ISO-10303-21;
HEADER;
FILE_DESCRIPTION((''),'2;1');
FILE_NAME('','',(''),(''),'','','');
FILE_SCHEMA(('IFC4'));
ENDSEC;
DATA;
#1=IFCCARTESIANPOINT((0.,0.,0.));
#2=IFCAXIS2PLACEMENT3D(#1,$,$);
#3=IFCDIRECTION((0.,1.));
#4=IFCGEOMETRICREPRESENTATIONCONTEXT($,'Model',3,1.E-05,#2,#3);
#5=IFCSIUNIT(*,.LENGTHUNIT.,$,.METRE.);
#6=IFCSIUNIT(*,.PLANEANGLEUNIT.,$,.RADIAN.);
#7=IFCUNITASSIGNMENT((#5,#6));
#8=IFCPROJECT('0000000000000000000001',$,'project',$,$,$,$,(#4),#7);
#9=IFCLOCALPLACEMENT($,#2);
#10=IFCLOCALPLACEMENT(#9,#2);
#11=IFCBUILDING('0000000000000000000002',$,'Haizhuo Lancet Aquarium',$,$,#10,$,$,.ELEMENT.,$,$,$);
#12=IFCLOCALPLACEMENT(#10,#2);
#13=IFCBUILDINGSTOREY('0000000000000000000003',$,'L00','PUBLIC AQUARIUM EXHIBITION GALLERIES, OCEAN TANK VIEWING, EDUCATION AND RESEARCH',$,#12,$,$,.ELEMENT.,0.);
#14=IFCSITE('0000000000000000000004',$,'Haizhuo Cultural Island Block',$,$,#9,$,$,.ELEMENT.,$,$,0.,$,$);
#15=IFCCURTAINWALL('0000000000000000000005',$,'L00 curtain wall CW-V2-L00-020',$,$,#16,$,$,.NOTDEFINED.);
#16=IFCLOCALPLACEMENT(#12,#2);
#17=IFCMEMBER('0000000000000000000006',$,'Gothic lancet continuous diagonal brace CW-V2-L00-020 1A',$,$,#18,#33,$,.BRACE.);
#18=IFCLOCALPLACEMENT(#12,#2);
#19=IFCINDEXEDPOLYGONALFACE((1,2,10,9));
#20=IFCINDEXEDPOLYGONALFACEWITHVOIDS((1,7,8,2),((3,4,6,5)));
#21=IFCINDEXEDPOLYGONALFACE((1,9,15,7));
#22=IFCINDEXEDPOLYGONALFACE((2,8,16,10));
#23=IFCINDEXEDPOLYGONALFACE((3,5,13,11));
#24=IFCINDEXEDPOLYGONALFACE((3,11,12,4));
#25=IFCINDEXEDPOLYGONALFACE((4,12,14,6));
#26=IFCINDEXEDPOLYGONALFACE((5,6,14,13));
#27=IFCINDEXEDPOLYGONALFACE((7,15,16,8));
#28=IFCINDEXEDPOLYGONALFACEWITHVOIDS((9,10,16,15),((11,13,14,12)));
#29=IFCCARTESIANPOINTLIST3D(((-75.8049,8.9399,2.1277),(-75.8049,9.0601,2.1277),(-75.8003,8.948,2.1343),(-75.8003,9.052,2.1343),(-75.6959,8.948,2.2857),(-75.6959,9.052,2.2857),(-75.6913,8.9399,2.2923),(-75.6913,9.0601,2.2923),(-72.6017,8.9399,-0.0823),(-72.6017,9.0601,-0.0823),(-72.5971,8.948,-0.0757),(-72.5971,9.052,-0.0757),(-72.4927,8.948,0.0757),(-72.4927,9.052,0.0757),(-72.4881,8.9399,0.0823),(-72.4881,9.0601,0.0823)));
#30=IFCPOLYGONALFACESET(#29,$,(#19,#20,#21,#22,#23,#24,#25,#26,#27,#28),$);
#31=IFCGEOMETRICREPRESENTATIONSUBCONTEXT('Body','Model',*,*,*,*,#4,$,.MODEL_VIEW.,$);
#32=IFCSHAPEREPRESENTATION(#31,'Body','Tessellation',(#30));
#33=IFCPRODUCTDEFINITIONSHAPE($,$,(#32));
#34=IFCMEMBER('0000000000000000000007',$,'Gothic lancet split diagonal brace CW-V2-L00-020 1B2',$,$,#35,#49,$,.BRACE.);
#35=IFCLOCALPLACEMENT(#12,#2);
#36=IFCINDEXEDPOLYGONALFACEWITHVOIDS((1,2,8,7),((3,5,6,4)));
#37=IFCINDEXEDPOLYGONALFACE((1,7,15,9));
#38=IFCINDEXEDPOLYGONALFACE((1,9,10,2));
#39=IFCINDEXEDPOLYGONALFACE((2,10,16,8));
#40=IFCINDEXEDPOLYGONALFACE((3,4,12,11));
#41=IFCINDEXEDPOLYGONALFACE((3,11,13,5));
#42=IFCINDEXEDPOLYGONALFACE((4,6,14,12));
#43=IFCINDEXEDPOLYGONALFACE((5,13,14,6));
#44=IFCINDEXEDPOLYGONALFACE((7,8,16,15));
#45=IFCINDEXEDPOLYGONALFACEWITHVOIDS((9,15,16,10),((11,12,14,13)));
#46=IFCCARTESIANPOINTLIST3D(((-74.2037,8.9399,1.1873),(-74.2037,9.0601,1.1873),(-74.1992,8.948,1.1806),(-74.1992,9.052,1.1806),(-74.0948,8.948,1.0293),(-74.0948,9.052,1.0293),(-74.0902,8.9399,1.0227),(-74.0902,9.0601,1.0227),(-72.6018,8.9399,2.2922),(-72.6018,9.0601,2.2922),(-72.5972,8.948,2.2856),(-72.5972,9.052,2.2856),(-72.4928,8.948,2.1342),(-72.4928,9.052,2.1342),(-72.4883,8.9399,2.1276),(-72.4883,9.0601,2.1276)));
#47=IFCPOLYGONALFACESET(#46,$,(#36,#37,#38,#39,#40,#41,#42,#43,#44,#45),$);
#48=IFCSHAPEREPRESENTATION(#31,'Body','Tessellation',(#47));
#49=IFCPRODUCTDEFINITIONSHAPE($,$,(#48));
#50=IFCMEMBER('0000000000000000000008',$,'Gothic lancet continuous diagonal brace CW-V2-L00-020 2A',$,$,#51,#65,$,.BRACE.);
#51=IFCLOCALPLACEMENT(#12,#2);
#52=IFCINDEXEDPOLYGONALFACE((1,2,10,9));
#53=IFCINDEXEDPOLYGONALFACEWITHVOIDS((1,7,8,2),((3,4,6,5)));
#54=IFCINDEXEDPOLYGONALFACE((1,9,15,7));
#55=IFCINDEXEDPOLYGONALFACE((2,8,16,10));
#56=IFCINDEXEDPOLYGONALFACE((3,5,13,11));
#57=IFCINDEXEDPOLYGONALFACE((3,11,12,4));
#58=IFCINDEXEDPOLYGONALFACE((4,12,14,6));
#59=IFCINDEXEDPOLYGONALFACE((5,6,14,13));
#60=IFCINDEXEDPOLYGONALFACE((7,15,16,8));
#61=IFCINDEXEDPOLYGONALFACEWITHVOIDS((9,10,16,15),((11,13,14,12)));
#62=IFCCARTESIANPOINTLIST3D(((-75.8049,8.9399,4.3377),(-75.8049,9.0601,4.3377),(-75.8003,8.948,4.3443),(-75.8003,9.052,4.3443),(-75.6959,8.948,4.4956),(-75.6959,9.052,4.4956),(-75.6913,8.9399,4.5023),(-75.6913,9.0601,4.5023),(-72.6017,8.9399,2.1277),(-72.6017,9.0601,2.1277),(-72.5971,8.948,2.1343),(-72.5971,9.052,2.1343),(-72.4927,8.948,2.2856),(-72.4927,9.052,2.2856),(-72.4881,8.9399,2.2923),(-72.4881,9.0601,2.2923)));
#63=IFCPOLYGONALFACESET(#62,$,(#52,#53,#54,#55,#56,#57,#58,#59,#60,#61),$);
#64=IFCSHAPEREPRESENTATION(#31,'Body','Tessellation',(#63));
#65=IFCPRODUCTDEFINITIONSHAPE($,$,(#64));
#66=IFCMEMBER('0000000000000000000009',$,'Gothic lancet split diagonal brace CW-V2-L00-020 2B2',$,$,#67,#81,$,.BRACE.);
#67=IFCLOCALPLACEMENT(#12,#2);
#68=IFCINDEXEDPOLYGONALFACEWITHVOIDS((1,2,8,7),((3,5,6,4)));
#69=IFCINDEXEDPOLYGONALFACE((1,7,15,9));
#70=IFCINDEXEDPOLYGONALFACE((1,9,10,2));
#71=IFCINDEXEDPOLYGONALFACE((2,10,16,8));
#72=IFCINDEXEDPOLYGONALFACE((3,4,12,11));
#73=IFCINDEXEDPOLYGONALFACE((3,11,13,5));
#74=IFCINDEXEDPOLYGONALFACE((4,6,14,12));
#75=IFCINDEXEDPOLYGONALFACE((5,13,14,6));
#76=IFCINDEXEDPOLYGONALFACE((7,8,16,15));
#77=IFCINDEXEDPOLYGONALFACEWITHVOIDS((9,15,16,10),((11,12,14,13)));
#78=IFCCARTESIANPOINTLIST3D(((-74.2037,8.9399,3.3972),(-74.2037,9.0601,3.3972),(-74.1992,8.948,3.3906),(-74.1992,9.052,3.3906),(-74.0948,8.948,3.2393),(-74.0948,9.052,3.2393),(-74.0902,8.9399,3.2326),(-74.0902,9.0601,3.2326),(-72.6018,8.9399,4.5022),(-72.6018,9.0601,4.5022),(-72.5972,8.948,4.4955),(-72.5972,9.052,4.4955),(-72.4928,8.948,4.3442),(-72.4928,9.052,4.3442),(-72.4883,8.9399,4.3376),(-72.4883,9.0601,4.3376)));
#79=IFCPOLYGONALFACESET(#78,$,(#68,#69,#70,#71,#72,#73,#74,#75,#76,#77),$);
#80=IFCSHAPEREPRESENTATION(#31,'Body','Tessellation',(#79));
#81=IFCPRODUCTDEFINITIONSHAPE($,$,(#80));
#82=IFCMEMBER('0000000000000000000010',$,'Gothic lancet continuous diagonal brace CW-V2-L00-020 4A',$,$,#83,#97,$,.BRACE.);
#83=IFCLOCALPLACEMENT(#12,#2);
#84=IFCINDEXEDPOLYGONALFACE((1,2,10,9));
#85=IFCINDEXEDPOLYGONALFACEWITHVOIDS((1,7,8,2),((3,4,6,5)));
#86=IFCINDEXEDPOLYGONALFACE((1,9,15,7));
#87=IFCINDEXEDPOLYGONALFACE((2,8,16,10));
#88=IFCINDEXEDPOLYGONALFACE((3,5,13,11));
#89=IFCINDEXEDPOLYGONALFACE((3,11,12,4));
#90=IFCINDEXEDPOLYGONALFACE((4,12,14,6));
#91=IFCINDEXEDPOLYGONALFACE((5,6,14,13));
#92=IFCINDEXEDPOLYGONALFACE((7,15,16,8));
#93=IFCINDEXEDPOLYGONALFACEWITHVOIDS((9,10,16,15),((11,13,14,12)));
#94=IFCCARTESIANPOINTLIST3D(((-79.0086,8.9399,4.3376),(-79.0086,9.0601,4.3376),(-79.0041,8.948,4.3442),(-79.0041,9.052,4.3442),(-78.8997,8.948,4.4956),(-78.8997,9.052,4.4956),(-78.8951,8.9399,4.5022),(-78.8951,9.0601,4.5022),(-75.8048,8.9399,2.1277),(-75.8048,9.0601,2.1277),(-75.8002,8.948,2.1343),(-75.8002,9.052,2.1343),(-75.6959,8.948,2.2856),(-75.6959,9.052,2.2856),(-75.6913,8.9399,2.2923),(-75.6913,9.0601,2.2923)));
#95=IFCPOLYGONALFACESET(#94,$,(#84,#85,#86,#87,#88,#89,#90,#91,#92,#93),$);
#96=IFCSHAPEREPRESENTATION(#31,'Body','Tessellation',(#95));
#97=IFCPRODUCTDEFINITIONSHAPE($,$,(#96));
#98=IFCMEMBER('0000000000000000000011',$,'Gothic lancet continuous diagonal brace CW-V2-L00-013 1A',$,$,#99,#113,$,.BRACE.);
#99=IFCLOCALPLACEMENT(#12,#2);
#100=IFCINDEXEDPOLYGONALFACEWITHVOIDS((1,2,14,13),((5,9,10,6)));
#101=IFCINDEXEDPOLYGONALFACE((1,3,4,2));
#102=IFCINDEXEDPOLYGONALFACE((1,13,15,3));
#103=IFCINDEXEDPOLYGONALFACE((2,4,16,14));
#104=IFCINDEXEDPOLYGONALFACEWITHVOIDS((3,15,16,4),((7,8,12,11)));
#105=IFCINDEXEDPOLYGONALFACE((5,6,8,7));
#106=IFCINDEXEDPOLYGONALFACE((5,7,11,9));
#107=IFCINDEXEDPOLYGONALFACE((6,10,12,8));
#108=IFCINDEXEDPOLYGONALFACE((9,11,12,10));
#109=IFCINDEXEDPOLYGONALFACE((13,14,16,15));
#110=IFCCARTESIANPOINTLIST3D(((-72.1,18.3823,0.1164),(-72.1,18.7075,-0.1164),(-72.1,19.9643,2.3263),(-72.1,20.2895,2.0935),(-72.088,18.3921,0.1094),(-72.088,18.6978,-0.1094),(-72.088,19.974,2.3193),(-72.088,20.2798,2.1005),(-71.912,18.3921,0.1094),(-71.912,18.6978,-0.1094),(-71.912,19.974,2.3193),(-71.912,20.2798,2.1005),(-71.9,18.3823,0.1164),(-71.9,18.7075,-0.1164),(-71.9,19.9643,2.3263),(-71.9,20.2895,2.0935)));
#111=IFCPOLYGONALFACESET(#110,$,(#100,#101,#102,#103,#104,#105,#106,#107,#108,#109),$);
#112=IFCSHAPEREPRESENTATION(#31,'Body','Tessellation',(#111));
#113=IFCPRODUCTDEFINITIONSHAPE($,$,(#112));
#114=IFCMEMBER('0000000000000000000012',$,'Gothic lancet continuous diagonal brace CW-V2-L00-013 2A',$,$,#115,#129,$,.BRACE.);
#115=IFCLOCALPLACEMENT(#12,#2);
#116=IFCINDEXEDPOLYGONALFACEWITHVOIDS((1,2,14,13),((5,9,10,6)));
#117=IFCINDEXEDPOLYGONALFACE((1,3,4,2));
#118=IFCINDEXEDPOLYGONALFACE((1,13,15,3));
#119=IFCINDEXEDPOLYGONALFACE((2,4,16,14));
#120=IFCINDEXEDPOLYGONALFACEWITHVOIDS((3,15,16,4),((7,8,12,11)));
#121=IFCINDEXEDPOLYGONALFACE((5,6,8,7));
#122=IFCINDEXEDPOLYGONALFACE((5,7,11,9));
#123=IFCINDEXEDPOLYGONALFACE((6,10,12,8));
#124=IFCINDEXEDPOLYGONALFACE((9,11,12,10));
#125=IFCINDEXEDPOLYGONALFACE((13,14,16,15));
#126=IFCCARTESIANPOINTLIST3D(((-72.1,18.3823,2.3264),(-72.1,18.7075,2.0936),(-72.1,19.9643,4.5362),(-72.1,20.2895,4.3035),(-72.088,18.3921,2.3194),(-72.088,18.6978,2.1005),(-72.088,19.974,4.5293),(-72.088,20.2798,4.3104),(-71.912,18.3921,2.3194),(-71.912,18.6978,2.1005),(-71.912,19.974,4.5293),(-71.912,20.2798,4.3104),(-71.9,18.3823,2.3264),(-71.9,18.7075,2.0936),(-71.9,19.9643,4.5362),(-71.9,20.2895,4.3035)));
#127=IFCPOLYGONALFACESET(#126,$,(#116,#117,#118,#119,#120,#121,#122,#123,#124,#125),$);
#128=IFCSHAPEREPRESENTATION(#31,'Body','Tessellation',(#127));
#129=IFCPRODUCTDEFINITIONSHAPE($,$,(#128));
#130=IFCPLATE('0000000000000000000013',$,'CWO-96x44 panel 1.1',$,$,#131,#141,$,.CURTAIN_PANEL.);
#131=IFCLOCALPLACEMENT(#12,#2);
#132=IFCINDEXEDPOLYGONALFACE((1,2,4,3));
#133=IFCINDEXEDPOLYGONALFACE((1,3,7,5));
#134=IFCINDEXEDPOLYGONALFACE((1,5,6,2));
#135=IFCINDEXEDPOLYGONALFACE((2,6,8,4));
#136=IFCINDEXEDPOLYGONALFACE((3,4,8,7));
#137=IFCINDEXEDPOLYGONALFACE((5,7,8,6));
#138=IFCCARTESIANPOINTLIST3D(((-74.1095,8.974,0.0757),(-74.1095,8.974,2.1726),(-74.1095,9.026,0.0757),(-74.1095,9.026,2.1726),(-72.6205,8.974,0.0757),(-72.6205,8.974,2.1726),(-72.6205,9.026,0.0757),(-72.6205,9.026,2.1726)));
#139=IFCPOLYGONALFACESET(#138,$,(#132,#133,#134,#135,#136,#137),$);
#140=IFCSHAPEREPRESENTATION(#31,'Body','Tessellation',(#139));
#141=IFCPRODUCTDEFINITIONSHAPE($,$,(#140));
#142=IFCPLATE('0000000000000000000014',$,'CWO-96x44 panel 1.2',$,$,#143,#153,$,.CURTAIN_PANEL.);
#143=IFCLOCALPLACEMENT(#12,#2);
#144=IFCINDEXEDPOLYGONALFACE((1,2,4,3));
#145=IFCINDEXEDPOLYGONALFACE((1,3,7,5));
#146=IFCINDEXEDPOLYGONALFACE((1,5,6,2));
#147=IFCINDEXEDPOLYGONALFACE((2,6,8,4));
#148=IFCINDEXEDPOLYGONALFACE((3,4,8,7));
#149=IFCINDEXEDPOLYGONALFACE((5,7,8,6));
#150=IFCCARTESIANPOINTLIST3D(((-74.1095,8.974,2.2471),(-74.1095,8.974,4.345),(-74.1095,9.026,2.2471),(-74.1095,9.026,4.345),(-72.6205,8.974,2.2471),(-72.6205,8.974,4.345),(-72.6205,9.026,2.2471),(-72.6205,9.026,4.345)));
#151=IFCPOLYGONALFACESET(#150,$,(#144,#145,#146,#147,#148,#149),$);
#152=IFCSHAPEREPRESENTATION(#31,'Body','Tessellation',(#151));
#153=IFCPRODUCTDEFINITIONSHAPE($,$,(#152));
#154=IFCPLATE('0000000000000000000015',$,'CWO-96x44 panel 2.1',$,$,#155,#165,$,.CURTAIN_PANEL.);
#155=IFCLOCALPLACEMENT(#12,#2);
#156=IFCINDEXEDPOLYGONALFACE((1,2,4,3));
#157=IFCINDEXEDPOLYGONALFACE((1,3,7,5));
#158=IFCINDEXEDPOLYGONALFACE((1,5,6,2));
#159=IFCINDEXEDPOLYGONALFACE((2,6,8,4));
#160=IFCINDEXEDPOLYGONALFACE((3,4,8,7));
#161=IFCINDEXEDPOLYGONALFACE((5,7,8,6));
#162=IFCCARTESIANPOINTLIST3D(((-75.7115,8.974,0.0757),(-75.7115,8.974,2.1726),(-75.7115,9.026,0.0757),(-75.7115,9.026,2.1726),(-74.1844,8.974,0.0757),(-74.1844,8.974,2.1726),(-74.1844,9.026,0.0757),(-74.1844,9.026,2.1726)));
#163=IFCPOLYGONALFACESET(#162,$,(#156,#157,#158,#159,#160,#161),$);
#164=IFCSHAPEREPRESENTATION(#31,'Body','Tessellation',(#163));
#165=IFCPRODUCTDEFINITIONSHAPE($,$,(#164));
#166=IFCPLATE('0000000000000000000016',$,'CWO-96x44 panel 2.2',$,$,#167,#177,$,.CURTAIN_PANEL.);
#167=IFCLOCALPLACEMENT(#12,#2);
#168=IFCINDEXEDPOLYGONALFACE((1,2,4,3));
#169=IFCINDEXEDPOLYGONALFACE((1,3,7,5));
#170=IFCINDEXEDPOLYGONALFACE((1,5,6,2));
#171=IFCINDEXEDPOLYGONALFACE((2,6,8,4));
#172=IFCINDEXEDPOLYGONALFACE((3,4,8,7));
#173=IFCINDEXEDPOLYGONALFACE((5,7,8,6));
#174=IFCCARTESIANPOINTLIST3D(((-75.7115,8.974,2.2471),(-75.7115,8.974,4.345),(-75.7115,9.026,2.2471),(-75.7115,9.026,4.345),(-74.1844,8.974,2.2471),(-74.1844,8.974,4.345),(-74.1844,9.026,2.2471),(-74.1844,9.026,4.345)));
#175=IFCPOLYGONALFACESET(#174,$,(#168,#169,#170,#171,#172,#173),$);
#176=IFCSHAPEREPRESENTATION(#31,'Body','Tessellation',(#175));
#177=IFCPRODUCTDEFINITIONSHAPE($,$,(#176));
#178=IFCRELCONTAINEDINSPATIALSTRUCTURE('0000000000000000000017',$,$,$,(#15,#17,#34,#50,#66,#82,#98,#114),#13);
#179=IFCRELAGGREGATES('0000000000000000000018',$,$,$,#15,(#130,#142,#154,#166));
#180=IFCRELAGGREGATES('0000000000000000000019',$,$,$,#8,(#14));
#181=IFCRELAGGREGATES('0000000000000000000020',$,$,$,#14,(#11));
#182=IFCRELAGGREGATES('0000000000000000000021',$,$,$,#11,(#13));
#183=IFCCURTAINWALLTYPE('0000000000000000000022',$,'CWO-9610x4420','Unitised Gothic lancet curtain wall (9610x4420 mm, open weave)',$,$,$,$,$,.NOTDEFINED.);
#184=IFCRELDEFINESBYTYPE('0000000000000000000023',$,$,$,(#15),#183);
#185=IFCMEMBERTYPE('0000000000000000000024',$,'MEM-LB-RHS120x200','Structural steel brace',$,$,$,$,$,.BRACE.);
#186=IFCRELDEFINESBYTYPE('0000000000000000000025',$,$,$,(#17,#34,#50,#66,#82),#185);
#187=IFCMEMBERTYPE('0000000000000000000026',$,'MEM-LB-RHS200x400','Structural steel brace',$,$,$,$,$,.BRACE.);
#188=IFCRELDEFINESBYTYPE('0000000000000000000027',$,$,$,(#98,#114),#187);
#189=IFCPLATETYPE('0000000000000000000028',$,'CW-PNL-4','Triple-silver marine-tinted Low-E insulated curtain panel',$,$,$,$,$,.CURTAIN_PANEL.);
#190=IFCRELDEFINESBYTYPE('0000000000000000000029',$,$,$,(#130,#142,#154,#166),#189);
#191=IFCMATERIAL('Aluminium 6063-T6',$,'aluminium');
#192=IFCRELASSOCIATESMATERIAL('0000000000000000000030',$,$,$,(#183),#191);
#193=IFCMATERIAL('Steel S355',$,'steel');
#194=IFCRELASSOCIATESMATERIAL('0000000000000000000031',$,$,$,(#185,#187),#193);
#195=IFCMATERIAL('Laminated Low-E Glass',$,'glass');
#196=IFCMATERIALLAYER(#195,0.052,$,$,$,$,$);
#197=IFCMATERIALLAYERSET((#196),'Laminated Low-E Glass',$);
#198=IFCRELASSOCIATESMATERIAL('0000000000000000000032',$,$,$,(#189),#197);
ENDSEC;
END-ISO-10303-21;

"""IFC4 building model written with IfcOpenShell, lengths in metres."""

from ifc_helpers import new_model, si_unit, direction, frame, origin, origin_2d, place, context, subcontext, project, spatial, rectangle, hollow_rectangle, extrude, material, layer, layer_set, material_profile, profile_set, type_object, element, aggregate, save


model = new_model("IFC4")

# Units and contexts
model_context = context("Model", 3, precision=1e-05, world=origin(), true_north=direction((0.0, 1.0)))
body_context = subcontext(model_context, "Body", "Model", "MODEL_VIEW")
ifc_project = project(units=[si_unit("LENGTHUNIT", "METRE"), si_unit("PLANEANGLEUNIT", "RADIAN")], contexts=[model_context])

# Site, building, storey
site_placement = place(None, origin())
site = spatial("IfcSite", under=ifc_project, at=site_placement, Name="Haizhuo Cultural Island Block", CompositionType="ELEMENT", RefElevation=0.0)
building_placement = place(site_placement, origin())
building = spatial("IfcBuilding", under=site, at=building_placement, Name="Haizhuo Lancet Aquarium", CompositionType="ELEMENT")
storey_placement = place(building_placement, origin())
storey = spatial("IfcBuildingStorey", under=building, at=storey_placement, Name="L00", Description="PUBLIC AQUARIUM EXHIBITION GALLERIES, OCEAN TANK VIEWING, EDUCATION AND RESEARCH", CompositionType="ELEMENT", Elevation=0.0)

# Shared definitions
ifc_material_1 = material(Name="Steel S355", Category="steel")

# Shared definitions
ifc_material_2 = material(Name="Aluminium 6063-T6", Category="aluminium")

# Curtain wall
curtain_wall_type_1 = type_object("IfcCurtainWallType", Name="CWO-9610x4420", Description="Unitised Gothic lancet curtain wall (9610x4420 mm, open weave)", PredefinedType="NOTDEFINED", material=ifc_material_2)
curtain_wall_1_placement = place(storey_placement, origin())
curtain_wall_1 = element("IfcCurtainWall", 1, at=curtain_wall_1_placement, inside=storey, type_object=curtain_wall_type_1, Name="L00 curtain wall CW-V2-L00-020", PredefinedType="NOTDEFINED")

# Members
ifc_material_profile_1 = material_profile(ifc_material_1, hollow_rectangle(XDim=0.1201, YDim=0.2, WallThickness=0.0081, at=origin_2d()), Name="RHS 120x200x8")
ifc_profile_set_1 = profile_set([ifc_material_profile_1], Name="Steel S355")
member_type_1 = type_object("IfcMemberType", Name="MEM-LB-RHS120x200", Description="Structural steel brace", PredefinedType="BRACE", material=ifc_profile_set_1)
member_1_placement = place(storey_placement, frame((-72.5449, 9.0, 0.0), z_axis=(-0.823104, 0.0, 0.567891), x_axis=(0.0, -1.0, 0.0)))
element("IfcMember", 2, at=member_1_placement, inside=storey, type_object=member_type_1, Name="Gothic lancet continuous diagonal brace CW-V2-L00-020 1A", PredefinedType="BRACE", context=body_context, shape_type="SweptSolid", body=[
    extrude(hollow_rectangle(XDim=0.1201, YDim=0.2, WallThickness=0.0081, at=origin_2d()), origin(), (0.0, 0.0, 1.0), 3.8916),
])
member_2_placement = place(storey_placement, frame((-74.147, 9.0, 1.105), z_axis=(0.823184, 0.0, 0.567774), x_axis=(0.0, 1.0, 0.0)))
element("IfcMember", 3, at=member_2_placement, inside=storey, type_object=member_type_1, Name="Gothic lancet split diagonal brace CW-V2-L00-020 1B2", PredefinedType="BRACE", context=body_context, shape_type="SweptSolid", body=[
    extrude(hollow_rectangle(XDim=0.1201, YDim=0.2, WallThickness=0.0081, at=origin_2d()), origin(), (0.0, 0.0, 1.0), 1.946),
])
member_3_placement = place(storey_placement, frame((-72.5449, 9.0, 2.21), z_axis=(-0.823104, 0.0, 0.567891), x_axis=(0.0, -1.0, 0.0)))
element("IfcMember", 4, at=member_3_placement, inside=storey, type_object=member_type_1, Name="Gothic lancet continuous diagonal brace CW-V2-L00-020 2A", PredefinedType="BRACE", context=body_context, shape_type="SweptSolid", body=[
    extrude(hollow_rectangle(XDim=0.1201, YDim=0.2, WallThickness=0.0081, at=origin_2d()), origin(), (0.0, 0.0, 1.0), 3.8916),
])
member_4_placement = place(storey_placement, frame((-74.147, 9.0, 3.3149), z_axis=(0.823184, 0.0, 0.567774), x_axis=(0.0, 1.0, 0.0)))
element("IfcMember", 5, at=member_4_placement, inside=storey, type_object=member_type_1, Name="Gothic lancet split diagonal brace CW-V2-L00-020 2B2", PredefinedType="BRACE", context=body_context, shape_type="SweptSolid", body=[
    extrude(hollow_rectangle(XDim=0.1201, YDim=0.2, WallThickness=0.0081, at=origin_2d()), origin(), (0.0, 0.0, 1.0), 1.946),
])
member_5_placement = place(storey_placement, frame((-75.748, 9.0, 2.21), z_axis=(-0.823164, 0.0, 0.567803), x_axis=(0.0, -1.0, 0.0)))
element("IfcMember", 6, at=member_5_placement, inside=storey, type_object=member_type_1, Name="Gothic lancet continuous diagonal brace CW-V2-L00-020 4A", PredefinedType="BRACE", context=body_context, shape_type="SweptSolid", body=[
    extrude(hollow_rectangle(XDim=0.1201, YDim=0.2, WallThickness=0.0081, at=origin_2d()), origin(), (0.0, 0.0, 1.0), 3.8921),
])
ifc_material_profile_2 = material_profile(ifc_material_1, hollow_rectangle(XDim=0.2, YDim=0.3999, WallThickness=0.012, at=origin_2d()), Name="RHS 200x400x12")
ifc_profile_set_2 = profile_set([ifc_material_profile_2], Name="Steel S355")
member_type_2 = type_object("IfcMemberType", Name="MEM-LB-RHS200x400", Description="Structural steel brace", PredefinedType="BRACE", material=ifc_profile_set_2)
for number, where, z_axis, x_axis, name in (
    (7, (-72.0, 18.5449, 0.0), (0.0, 0.582088, 0.813126), (-1.0, 0.0, 0.0), "Gothic lancet continuous diagonal brace CW-V2-L00-013 1A"),
    (8, (-72.0, 18.5449, 2.21), (0.0, 0.582088, 0.813126), (-1.0, 0.0, 0.0), "Gothic lancet continuous diagonal brace CW-V2-L00-013 2A"),
):
    element("IfcMember", number, at=place(storey_placement, frame(where, z_axis=z_axis, x_axis=x_axis)), inside=storey, type_object=member_type_2, Name=name, PredefinedType="BRACE", context=body_context, shape_type="SweptSolid", body=[
        extrude(hollow_rectangle(XDim=0.2, YDim=0.3999, WallThickness=0.012, at=origin_2d()), origin(), (0.0, 0.0, 1.0), 2.7178),
    ])

# Plates
ifc_material_3 = material(Name="Laminated Low-E Glass", Category="glass")
ifc_layer_1 = layer(ifc_material_3, 0.052)
ifc_layer_set_1 = layer_set([ifc_layer_1], Name="Laminated Low-E Glass")
plate_type = type_object("IfcPlateType", Name="CW-PNL-4", Description="Triple-silver marine-tinted Low-E insulated curtain panel", PredefinedType="CURTAIN_PANEL", material=ifc_layer_set_1)
plate_1_placement = place(storey_placement, frame((-73.365, 9.0, 0.0757), z_axis=(0.0, 0.0, 1.0), x_axis=(-1.0, 0.0, 0.0)))
plate_1 = element("IfcPlate", 9, at=plate_1_placement, type_object=plate_type, Name="CWO-96x44 panel 1.1", PredefinedType="CURTAIN_PANEL", context=body_context, shape_type="SweptSolid", body=[
    extrude(rectangle(XDim=1.489, YDim=0.052, at=origin_2d()), origin(), (0.0, 0.0, 1.0), 2.0969),
])
plate_2_placement = place(storey_placement, frame((-73.365, 9.0, 2.2471), z_axis=(0.0, 0.0, 1.0), x_axis=(-1.0, 0.0, 0.0)))
plate_2 = element("IfcPlate", 10, at=plate_2_placement, type_object=plate_type, Name="CWO-96x44 panel 1.2", PredefinedType="CURTAIN_PANEL", context=body_context, shape_type="SweptSolid", body=[
    extrude(rectangle(XDim=1.489, YDim=0.052, at=origin_2d()), origin(), (0.0, 0.0, 1.0), 2.0979),
])
plate_3_placement = place(storey_placement, frame((-74.948, 9.0, 0.0757), z_axis=(0.0, 0.0, 1.0), x_axis=(-1.0, 0.0, 0.0)))
plate_3 = element("IfcPlate", 11, at=plate_3_placement, type_object=plate_type, Name="CWO-96x44 panel 2.1", PredefinedType="CURTAIN_PANEL", context=body_context, shape_type="SweptSolid", body=[
    extrude(rectangle(XDim=1.5271, YDim=0.052, at=origin_2d()), origin(), (0.0, 0.0, 1.0), 2.0969),
])
plate_4_placement = place(storey_placement, frame((-74.948, 9.0, 2.2471), z_axis=(0.0, 0.0, 1.0), x_axis=(-1.0, 0.0, 0.0)))
plate_4 = element("IfcPlate", 12, at=plate_4_placement, type_object=plate_type, Name="CWO-96x44 panel 2.2", PredefinedType="CURTAIN_PANEL", context=body_context, shape_type="SweptSolid", body=[
    extrude(rectangle(XDim=1.5271, YDim=0.052, at=origin_2d()), origin(), (0.0, 0.0, 1.0), 2.0979),
])
aggregate(curtain_wall_1, [plate_1, plate_2, plate_3, plate_4])

save(model, "model.ifc")
